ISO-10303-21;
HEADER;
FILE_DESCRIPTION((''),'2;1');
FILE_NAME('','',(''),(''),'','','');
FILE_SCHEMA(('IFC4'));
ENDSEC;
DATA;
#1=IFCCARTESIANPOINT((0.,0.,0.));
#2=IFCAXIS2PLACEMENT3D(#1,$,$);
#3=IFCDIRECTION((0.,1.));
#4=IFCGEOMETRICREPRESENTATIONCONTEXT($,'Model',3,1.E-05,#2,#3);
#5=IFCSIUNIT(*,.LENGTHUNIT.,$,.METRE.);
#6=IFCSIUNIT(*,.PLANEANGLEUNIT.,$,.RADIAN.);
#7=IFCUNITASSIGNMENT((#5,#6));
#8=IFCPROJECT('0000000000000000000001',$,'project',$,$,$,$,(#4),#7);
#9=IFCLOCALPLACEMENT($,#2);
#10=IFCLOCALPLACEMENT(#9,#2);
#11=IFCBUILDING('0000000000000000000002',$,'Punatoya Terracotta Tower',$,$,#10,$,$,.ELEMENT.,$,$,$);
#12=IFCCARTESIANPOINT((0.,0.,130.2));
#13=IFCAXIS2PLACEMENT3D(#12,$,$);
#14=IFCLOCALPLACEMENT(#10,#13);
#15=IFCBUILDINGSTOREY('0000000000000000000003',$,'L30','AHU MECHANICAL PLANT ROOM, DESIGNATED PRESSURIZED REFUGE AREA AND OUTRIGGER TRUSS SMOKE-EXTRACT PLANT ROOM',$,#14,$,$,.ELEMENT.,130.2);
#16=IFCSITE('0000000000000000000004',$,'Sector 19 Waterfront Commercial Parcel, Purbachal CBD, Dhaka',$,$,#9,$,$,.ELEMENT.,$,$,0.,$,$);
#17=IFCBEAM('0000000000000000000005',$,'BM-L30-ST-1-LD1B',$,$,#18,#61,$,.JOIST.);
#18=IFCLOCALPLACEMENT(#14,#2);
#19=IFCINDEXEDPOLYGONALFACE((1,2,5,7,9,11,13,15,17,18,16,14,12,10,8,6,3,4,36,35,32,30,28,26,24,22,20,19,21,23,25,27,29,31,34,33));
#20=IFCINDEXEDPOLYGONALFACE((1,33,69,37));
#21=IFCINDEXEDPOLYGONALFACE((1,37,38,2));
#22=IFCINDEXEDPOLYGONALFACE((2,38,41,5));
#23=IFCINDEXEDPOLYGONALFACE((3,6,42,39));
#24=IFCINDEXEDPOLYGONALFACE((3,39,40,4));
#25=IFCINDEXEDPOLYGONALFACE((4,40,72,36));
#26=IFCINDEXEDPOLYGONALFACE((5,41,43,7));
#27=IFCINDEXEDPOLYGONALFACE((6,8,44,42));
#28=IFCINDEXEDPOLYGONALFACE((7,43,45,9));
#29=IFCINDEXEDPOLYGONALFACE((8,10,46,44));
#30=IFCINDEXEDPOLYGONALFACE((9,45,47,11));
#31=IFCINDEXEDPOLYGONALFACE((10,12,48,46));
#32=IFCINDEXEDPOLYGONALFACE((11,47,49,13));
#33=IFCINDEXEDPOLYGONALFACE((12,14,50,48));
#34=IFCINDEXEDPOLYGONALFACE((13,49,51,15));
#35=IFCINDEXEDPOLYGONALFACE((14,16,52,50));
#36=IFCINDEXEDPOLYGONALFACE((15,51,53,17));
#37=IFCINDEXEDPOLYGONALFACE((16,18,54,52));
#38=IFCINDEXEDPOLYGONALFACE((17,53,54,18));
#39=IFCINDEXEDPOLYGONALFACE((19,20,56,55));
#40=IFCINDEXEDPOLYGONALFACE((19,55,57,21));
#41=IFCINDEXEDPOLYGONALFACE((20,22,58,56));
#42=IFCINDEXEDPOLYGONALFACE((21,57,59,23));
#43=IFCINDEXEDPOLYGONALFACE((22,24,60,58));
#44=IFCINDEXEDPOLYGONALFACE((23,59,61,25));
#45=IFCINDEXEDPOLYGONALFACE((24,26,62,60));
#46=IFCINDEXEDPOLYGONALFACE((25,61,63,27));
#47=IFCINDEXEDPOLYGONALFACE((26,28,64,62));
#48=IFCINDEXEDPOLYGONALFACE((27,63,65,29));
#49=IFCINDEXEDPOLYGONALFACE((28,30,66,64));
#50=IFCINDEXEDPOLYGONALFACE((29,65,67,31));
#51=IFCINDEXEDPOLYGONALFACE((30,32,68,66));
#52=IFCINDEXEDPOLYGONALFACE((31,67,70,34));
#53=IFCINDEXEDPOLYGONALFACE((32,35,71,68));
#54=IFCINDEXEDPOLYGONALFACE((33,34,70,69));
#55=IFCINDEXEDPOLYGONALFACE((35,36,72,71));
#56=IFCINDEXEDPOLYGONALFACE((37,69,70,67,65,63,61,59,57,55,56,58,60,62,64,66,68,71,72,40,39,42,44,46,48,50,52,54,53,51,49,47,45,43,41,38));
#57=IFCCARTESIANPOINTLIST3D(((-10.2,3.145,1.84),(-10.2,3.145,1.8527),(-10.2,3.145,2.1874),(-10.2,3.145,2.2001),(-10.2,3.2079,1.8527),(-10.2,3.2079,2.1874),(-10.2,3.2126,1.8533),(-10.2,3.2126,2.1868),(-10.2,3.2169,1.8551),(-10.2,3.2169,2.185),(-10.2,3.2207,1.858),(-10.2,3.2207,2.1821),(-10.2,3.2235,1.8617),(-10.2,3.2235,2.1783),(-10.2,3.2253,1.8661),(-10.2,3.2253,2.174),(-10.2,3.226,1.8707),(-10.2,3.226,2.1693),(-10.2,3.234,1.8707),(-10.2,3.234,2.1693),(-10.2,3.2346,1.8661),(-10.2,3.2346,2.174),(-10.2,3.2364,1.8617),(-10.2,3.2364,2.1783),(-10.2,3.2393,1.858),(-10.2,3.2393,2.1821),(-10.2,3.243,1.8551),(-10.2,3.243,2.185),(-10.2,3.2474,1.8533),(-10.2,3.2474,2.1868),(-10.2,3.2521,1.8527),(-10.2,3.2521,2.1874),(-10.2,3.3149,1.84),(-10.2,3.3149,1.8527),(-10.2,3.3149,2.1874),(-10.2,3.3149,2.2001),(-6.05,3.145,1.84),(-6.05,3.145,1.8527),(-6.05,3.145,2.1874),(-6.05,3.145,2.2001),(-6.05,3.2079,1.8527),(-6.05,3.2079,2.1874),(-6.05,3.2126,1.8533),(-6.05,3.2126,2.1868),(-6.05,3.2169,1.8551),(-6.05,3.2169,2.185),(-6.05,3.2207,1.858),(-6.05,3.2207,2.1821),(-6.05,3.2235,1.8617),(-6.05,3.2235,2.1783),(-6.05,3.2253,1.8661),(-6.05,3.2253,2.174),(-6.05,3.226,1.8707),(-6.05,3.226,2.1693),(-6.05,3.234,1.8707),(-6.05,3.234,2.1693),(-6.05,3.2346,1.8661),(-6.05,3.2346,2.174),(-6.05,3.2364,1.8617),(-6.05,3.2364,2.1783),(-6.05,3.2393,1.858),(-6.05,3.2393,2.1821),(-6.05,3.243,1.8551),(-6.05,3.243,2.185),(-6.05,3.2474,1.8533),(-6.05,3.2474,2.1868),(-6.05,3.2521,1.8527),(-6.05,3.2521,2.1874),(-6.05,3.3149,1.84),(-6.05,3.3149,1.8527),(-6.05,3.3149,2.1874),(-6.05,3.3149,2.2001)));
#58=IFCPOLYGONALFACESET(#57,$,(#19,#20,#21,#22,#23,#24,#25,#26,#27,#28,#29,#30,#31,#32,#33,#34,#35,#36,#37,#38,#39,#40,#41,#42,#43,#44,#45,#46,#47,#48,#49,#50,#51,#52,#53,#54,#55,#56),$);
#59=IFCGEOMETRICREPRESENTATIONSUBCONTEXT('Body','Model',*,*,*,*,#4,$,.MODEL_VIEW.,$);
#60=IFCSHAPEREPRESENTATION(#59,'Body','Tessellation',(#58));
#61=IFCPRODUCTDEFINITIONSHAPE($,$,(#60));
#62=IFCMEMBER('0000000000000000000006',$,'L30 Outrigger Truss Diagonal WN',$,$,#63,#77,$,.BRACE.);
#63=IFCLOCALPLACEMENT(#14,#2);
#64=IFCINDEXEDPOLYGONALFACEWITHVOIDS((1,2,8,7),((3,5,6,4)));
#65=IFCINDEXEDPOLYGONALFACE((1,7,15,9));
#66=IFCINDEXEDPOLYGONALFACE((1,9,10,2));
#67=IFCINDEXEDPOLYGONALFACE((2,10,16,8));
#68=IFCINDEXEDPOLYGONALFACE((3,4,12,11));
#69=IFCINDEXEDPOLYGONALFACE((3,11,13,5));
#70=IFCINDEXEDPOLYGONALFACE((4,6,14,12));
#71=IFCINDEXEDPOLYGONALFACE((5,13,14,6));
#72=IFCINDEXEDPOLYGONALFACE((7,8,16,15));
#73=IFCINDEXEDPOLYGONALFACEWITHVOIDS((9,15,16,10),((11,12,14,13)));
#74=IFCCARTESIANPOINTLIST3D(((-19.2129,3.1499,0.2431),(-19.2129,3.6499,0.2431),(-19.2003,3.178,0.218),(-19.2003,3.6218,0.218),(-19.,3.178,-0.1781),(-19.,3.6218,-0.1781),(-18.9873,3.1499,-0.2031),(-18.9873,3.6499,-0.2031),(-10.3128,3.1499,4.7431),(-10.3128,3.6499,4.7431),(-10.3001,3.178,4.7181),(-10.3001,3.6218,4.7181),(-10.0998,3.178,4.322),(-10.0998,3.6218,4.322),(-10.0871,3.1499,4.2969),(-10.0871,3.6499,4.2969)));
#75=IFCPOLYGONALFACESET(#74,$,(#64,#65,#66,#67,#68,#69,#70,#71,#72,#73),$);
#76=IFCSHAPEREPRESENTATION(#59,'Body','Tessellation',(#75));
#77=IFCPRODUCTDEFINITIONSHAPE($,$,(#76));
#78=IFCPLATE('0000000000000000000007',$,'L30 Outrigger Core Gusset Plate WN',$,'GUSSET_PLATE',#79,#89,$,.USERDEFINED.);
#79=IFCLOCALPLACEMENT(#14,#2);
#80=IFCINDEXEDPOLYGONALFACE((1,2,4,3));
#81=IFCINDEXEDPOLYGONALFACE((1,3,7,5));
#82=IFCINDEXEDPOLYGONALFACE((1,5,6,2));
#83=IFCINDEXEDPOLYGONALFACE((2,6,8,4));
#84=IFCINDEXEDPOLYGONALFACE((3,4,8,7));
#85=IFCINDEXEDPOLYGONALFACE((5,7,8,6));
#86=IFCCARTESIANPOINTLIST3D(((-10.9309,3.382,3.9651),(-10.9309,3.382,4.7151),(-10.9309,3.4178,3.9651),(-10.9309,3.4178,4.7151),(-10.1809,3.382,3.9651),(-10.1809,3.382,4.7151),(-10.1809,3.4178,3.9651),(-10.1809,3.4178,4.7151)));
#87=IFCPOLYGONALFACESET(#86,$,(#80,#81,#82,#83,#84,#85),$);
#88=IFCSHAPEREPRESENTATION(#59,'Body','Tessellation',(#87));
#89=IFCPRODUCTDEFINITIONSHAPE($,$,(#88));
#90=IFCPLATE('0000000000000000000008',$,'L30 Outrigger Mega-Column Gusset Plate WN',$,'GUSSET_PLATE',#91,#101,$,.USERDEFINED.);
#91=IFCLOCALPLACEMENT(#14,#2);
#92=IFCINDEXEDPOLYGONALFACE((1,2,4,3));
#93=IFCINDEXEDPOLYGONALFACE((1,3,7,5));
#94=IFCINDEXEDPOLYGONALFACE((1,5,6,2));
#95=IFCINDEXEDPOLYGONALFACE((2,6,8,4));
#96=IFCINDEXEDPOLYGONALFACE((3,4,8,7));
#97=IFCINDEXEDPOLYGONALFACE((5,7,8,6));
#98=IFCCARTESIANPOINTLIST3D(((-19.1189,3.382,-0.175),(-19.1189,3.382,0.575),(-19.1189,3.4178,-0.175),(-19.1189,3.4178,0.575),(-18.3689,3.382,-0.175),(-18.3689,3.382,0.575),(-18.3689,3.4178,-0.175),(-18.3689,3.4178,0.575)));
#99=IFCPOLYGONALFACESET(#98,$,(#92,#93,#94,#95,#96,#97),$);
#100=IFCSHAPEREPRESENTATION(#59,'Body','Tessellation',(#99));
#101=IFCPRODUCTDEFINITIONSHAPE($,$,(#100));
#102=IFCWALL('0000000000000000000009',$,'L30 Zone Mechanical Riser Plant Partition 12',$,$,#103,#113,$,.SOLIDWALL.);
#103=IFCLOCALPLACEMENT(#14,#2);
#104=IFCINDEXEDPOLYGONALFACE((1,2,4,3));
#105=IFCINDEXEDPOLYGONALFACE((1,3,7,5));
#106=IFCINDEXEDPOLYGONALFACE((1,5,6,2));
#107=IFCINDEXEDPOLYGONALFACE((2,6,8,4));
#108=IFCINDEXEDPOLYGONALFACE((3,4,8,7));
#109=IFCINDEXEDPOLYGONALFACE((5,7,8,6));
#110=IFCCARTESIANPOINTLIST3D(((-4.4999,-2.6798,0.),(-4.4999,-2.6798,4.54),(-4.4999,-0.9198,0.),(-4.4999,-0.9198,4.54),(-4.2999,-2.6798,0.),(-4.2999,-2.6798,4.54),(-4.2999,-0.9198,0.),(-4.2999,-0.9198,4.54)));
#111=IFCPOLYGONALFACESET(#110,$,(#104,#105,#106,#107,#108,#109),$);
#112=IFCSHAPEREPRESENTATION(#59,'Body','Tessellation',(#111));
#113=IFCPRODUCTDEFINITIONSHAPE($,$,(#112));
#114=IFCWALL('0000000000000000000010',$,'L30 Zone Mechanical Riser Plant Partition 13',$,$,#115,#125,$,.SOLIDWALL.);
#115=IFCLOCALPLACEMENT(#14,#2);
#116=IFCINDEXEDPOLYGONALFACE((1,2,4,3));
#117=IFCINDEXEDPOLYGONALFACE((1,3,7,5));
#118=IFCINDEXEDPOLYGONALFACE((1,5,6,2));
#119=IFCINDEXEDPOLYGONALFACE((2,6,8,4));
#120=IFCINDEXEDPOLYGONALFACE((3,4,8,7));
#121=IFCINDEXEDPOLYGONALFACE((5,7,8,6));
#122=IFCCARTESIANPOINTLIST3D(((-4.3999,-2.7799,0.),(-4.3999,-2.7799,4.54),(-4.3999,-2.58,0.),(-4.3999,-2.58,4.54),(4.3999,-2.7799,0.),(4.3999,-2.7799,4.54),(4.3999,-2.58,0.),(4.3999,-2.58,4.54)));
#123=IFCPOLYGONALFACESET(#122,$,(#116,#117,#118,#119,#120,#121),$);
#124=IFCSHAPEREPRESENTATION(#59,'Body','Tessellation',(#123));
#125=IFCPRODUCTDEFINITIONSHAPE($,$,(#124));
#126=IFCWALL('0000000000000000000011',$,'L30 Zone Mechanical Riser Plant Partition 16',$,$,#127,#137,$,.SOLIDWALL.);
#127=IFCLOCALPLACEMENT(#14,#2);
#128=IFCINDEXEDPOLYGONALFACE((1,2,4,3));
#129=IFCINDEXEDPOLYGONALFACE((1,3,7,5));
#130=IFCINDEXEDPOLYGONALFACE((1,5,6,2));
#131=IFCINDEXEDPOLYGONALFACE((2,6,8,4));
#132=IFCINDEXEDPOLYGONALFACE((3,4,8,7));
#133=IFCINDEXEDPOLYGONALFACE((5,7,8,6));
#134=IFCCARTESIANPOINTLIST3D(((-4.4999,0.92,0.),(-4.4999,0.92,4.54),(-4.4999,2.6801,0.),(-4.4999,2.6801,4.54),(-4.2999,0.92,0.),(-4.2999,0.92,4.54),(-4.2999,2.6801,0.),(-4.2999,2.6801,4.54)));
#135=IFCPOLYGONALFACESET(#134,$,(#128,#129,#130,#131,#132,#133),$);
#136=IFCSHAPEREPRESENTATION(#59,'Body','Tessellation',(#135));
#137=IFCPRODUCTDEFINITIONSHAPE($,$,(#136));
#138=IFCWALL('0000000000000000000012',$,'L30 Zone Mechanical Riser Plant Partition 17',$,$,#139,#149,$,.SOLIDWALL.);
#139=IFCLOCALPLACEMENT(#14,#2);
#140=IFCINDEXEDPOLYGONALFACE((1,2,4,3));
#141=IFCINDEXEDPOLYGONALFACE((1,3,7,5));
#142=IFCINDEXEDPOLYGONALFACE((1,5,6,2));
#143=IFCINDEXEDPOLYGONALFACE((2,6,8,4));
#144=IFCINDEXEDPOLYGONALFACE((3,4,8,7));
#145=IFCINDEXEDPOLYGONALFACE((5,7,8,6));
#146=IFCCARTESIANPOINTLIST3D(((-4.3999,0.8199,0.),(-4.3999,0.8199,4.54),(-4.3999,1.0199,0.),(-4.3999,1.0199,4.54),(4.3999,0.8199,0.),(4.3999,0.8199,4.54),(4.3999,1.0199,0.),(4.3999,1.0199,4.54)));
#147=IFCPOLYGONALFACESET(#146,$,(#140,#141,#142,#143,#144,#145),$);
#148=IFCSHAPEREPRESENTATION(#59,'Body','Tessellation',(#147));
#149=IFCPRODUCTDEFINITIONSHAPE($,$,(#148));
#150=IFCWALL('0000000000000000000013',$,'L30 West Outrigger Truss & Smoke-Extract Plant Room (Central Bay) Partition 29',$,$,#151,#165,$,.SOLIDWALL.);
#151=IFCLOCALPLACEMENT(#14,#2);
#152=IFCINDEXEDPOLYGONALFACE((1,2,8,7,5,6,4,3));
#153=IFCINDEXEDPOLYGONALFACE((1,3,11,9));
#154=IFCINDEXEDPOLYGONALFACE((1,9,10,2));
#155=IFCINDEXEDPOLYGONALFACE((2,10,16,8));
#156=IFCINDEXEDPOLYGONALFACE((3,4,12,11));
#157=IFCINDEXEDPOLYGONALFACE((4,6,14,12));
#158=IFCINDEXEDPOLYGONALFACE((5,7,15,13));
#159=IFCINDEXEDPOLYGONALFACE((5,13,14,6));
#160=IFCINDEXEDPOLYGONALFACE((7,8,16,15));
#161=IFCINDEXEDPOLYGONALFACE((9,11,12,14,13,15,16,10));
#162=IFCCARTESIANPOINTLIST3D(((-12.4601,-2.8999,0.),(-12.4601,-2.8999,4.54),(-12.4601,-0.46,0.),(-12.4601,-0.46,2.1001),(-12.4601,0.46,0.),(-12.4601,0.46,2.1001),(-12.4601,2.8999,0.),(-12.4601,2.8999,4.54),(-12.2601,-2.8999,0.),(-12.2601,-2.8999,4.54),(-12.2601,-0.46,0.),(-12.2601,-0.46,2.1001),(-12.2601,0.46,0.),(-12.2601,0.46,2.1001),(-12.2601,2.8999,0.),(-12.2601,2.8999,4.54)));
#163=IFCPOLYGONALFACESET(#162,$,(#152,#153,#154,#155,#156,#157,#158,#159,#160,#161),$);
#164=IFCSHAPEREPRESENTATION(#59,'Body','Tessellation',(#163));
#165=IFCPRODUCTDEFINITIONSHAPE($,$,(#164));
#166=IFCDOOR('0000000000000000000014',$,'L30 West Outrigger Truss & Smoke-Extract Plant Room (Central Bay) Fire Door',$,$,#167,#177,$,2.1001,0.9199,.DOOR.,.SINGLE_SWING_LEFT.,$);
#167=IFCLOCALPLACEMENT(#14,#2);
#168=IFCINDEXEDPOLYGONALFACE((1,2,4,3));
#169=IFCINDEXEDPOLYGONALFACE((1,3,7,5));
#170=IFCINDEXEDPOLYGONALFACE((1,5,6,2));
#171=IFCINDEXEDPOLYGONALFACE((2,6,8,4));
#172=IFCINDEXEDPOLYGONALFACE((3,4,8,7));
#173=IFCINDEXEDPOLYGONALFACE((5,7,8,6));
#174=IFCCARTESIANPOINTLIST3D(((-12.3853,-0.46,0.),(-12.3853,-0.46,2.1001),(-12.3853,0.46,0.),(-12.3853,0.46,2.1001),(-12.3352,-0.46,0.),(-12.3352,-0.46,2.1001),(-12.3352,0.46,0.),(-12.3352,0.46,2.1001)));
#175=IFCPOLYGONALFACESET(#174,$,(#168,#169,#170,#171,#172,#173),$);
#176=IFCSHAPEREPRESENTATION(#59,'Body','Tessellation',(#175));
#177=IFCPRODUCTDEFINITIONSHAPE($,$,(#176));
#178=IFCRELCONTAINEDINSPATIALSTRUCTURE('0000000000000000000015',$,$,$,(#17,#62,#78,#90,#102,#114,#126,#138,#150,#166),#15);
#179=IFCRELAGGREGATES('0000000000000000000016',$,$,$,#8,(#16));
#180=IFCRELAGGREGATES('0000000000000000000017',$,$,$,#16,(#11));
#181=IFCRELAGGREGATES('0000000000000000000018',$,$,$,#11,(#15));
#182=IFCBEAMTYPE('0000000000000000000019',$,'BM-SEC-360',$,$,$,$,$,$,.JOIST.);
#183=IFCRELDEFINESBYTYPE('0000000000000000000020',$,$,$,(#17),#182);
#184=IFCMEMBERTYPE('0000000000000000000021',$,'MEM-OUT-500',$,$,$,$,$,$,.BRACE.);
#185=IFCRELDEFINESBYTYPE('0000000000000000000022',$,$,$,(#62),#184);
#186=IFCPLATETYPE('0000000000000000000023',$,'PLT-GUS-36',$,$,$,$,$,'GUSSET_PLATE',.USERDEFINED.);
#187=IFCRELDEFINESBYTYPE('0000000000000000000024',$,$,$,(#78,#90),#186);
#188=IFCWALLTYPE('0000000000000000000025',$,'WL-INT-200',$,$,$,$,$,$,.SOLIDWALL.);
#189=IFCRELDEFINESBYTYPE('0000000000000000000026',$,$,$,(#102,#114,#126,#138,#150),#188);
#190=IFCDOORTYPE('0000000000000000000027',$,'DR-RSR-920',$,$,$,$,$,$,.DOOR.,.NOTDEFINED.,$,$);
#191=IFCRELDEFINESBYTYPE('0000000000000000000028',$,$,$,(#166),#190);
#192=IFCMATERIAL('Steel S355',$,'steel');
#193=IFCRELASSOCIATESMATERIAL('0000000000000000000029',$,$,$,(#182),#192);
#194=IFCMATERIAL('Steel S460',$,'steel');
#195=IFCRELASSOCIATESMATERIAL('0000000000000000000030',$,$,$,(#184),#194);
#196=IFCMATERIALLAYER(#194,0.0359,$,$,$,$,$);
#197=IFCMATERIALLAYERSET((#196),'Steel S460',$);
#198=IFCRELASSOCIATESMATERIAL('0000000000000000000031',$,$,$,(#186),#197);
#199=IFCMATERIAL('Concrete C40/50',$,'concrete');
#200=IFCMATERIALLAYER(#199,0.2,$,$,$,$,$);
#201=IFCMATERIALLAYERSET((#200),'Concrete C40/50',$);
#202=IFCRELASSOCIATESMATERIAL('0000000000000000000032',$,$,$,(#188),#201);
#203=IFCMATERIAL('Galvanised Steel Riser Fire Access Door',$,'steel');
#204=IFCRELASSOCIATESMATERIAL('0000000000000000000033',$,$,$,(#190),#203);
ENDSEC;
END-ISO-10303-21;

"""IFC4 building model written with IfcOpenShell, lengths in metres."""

from ifc_helpers import new_model, si_unit, direction, frame, frame_2d, origin, origin_2d, place, context, subcontext, project, spatial, rectangle, hollow_rectangle, i_section, extrude, material, layer, layer_set, material_profile, profile_set, type_object, element, fill, save


model = new_model("IFC4")

# Units and contexts
model_context = context("Model", 3, precision=1e-05, world=origin(), true_north=direction((0.0, 1.0)))
body_context = subcontext(model_context, "Body", "Model", "MODEL_VIEW")
ifc_project = project(units=[si_unit("LENGTHUNIT", "METRE"), si_unit("PLANEANGLEUNIT", "RADIAN")], contexts=[model_context])

# Site, building, storey
site_placement = place(None, origin())
site = spatial("IfcSite", under=ifc_project, at=site_placement, Name="Sector 19 Waterfront Commercial Parcel, Purbachal CBD, Dhaka", CompositionType="ELEMENT", RefElevation=0.0)
building_placement = place(site_placement, origin())
building = spatial("IfcBuilding", under=site, at=building_placement, Name="Punatoya Terracotta Tower", CompositionType="ELEMENT")
storey_placement = place(building_placement, frame((0.0, 0.0, 130.2)))
storey = spatial("IfcBuildingStorey", under=building, at=storey_placement, Name="L30", Description="AHU MECHANICAL PLANT ROOM, DESIGNATED PRESSURIZED REFUGE AREA AND OUTRIGGER TRUSS SMOKE-EXTRACT PLANT ROOM", CompositionType="ELEMENT", Elevation=130.2)

# Shared definitions
ifc_material_1 = material(Name="Steel S460", Category="steel")

# Beam
ifc_material_2 = material(Name="Steel S355", Category="steel")
ifc_material_profile_1 = material_profile(ifc_material_2, i_section(OverallWidth=0.1699, OverallDepth=0.3601, WebThickness=0.0081, FlangeThickness=0.0127, FilletRadius=0.0181, at=origin_2d()))
ifc_profile_set_1 = profile_set([ifc_material_profile_1], Name="Steel S355")
beam_type_1 = type_object("IfcBeamType", Name="BM-SEC-360", PredefinedType="JOIST", material=ifc_profile_set_1)
for number, where, z_axis, x_axis, name in (
    (1, (-10.2, 3.23, 2.02), (1.0, 0.0, 0.0), (0.0, 1.0, 0.0), "BM-L30-ST-1-LD1B"),
):
    element("IfcBeam", number, at=place(storey_placement, frame(where, z_axis=z_axis, x_axis=x_axis)), inside=storey, type_object=beam_type_1, Name=name, PredefinedType="JOIST", context=body_context, shape_type="SweptSolid", body=[
        extrude(i_section(OverallWidth=0.1699, OverallDepth=0.3601, WebThickness=0.0081, FlangeThickness=0.0127, FilletRadius=0.0181, at=origin_2d()), origin(), (0.0, 0.0, 1.0), 4.1499),
    ])

# Member
ifc_material_profile_2 = material_profile(ifc_material_1, hollow_rectangle(XDim=0.5, YDim=0.5, WallThickness=0.0281, at=origin_2d()))
ifc_profile_set_2 = profile_set([ifc_material_profile_2], Name="Steel S460")
member_type = type_object("IfcMemberType", Name="MEM-OUT-500", PredefinedType="BRACE", material=ifc_profile_set_2)
member_placement = place(storey_placement, frame((-10.2, 3.3999, 4.52), z_axis=(-0.892416, 0.0, -0.451214), x_axis=(0.0, -1.0, 0.0)))
element("IfcMember", 2, at=member_placement, inside=storey, type_object=member_type, Name="L30 Outrigger Truss Diagonal WN", PredefinedType="BRACE", context=body_context, shape_type="SweptSolid", body=[
    extrude(hollow_rectangle(XDim=0.5, YDim=0.5, WallThickness=0.0281, at=origin_2d()), origin(), (0.0, 0.0, 1.0), 9.9731),
])

# Plates
ifc_layer_1 = layer(ifc_material_1, 0.0359)
ifc_layer_set_1 = layer_set([ifc_layer_1], Name="Steel S460")
plate_type = type_object("IfcPlateType", Name="PLT-GUS-36", ElementType="GUSSET_PLATE", PredefinedType="USERDEFINED", material=ifc_layer_set_1)
for number, where, z_axis, x_axis, name in (
    (3, (-10.5559, 3.3999, 3.9651), (0.0, 0.0, 1.0), (1.0, 0.0, 0.0), "L30 Outrigger Core Gusset Plate WN"),
    (4, (-18.7439, 3.3999, -0.175), (0.0, 0.0, 1.0), (1.0, 0.0, 0.0), "L30 Outrigger Mega-Column Gusset Plate WN"),
):
    element("IfcPlate", number, at=place(storey_placement, frame(where, z_axis=z_axis, x_axis=x_axis)), inside=storey, type_object=plate_type, Name=name, ObjectType="GUSSET_PLATE", PredefinedType="USERDEFINED", context=body_context, shape_type="SweptSolid", body=[
        extrude(rectangle(XDim=0.75, YDim=0.0359, at=origin_2d()), origin(), (0.0, 0.0, 1.0), 0.75),
    ])

# Walls
ifc_material_3 = material(Name="Concrete C40/50", Category="concrete")
ifc_layer_2 = layer(ifc_material_3, 0.2)
ifc_layer_set_2 = layer_set([ifc_layer_2], Name="Concrete C40/50")
wall_type_1 = type_object("IfcWallType", Name="WL-INT-200", PredefinedType="SOLIDWALL", material=ifc_layer_set_2)
wall_1_placement = place(storey_placement, frame((-4.3999, -0.9199, 0.0), z_axis=(0.0, 0.0, 1.0), x_axis=(0.0, -1.0, 0.0)))
element("IfcWall", 5, at=wall_1_placement, inside=storey, type_object=wall_type_1, Name="L30 Zone Mechanical Riser Plant Partition 12", PredefinedType="SOLIDWALL", context=body_context, shape_type="SweptSolid", body=[
    extrude(rectangle(XDim=1.76, YDim=0.2, at=frame_2d((0.8799, 0.0))), origin(), (0.0, 0.0, 1.0), 4.54),
])
wall_2_placement = place(storey_placement, frame((-4.3999, -2.6799, 0.0), z_axis=(0.0, 0.0, 1.0), x_axis=(1.0, 0.0, 0.0)))
element("IfcWall", 6, at=wall_2_placement, inside=storey, type_object=wall_type_1, Name="L30 Zone Mechanical Riser Plant Partition 13", PredefinedType="SOLIDWALL", context=body_context, shape_type="SweptSolid", body=[
    extrude(rectangle(XDim=8.7998, YDim=0.2, at=frame_2d((4.3999, 0.0))), origin(), (0.0, 0.0, 1.0), 4.54),
])
wall_3_placement = place(storey_placement, frame((-4.3999, 2.6799, 0.0), z_axis=(0.0, 0.0, 1.0), x_axis=(0.0, -1.0, 0.0)))
element("IfcWall", 7, at=wall_3_placement, inside=storey, type_object=wall_type_1, Name="L30 Zone Mechanical Riser Plant Partition 16", PredefinedType="SOLIDWALL", context=body_context, shape_type="SweptSolid", body=[
    extrude(rectangle(XDim=1.76, YDim=0.2, at=frame_2d((0.8799, 0.0))), origin(), (0.0, 0.0, 1.0), 4.54),
])
wall_4_placement = place(storey_placement, frame((-4.3999, 0.9199, 0.0), z_axis=(0.0, 0.0, 1.0), x_axis=(1.0, 0.0, 0.0)))
element("IfcWall", 8, at=wall_4_placement, inside=storey, type_object=wall_type_1, Name="L30 Zone Mechanical Riser Plant Partition 17", PredefinedType="SOLIDWALL", context=body_context, shape_type="SweptSolid", body=[
    extrude(rectangle(XDim=8.7998, YDim=0.2, at=frame_2d((4.3999, 0.0))), origin(), (0.0, 0.0, 1.0), 4.54),
])

# Wall, opening, door
wall_5_placement = place(storey_placement, frame((-12.3601, 2.8999, 0.0), z_axis=(0.0, 0.0, 1.0), x_axis=(0.0, -1.0, 0.0)))
wall_5 = element("IfcWall", 9, at=wall_5_placement, inside=storey, type_object=wall_type_1, Name="L30 West Outrigger Truss & Smoke-Extract Plant Room (Central Bay) Partition 29", PredefinedType="SOLIDWALL", context=body_context, shape_type="SweptSolid", body=[
    extrude(rectangle(XDim=5.7998, YDim=0.2, at=frame_2d((2.8999, 0.0))), origin(), (0.0, 0.0, 1.0), 4.54),
])
opening_1_placement = place(wall_5_placement, frame((2.4399, 0.0, 0.0)))
opening_1 = element("IfcOpeningElement", 10, at=opening_1_placement, cuts=wall_5, PredefinedType="OPENING", context=body_context, shape_type="SweptSolid", body=[
    extrude(rectangle(XDim=0.9199, YDim=2.1001, at=frame_2d((0.46, 1.05))), frame((0.0, 0.1099, 0.0), z_axis=(0.0, -1.0, 0.0), x_axis=(1.0, 0.0, 0.0)), (0.0, 0.0, 1.0), 0.22),
])
ifc_material_4 = material(Name="Galvanised Steel Riser Fire Access Door", Category="steel")
door_type_1 = type_object("IfcDoorType", Name="DR-RSR-920", OperationType="NOTDEFINED", PredefinedType="DOOR", material=ifc_material_4)
door_1_placement = place(opening_1_placement, origin())
door_1 = element("IfcDoor", 11, at=door_1_placement, inside=storey, type_object=door_type_1, Name="L30 West Outrigger Truss & Smoke-Extract Plant Room (Central Bay) Fire Door", OperationType="SINGLE_SWING_LEFT", OverallHeight=2.1001, OverallWidth=0.9199, PredefinedType="DOOR", context=body_context, shape_type="SweptSolid", body=[
    extrude(rectangle(XDim=0.9199, YDim=2.1001, at=frame_2d((0.46, 1.05))), frame((0.0, 0.0249, 0.0), z_axis=(0.0, -1.0, 0.0), x_axis=(1.0, 0.0, 0.0)), (0.0, 0.0, 1.0), 0.05),
])
fill(opening_1, door_1)

save(model, "model.ifc")
